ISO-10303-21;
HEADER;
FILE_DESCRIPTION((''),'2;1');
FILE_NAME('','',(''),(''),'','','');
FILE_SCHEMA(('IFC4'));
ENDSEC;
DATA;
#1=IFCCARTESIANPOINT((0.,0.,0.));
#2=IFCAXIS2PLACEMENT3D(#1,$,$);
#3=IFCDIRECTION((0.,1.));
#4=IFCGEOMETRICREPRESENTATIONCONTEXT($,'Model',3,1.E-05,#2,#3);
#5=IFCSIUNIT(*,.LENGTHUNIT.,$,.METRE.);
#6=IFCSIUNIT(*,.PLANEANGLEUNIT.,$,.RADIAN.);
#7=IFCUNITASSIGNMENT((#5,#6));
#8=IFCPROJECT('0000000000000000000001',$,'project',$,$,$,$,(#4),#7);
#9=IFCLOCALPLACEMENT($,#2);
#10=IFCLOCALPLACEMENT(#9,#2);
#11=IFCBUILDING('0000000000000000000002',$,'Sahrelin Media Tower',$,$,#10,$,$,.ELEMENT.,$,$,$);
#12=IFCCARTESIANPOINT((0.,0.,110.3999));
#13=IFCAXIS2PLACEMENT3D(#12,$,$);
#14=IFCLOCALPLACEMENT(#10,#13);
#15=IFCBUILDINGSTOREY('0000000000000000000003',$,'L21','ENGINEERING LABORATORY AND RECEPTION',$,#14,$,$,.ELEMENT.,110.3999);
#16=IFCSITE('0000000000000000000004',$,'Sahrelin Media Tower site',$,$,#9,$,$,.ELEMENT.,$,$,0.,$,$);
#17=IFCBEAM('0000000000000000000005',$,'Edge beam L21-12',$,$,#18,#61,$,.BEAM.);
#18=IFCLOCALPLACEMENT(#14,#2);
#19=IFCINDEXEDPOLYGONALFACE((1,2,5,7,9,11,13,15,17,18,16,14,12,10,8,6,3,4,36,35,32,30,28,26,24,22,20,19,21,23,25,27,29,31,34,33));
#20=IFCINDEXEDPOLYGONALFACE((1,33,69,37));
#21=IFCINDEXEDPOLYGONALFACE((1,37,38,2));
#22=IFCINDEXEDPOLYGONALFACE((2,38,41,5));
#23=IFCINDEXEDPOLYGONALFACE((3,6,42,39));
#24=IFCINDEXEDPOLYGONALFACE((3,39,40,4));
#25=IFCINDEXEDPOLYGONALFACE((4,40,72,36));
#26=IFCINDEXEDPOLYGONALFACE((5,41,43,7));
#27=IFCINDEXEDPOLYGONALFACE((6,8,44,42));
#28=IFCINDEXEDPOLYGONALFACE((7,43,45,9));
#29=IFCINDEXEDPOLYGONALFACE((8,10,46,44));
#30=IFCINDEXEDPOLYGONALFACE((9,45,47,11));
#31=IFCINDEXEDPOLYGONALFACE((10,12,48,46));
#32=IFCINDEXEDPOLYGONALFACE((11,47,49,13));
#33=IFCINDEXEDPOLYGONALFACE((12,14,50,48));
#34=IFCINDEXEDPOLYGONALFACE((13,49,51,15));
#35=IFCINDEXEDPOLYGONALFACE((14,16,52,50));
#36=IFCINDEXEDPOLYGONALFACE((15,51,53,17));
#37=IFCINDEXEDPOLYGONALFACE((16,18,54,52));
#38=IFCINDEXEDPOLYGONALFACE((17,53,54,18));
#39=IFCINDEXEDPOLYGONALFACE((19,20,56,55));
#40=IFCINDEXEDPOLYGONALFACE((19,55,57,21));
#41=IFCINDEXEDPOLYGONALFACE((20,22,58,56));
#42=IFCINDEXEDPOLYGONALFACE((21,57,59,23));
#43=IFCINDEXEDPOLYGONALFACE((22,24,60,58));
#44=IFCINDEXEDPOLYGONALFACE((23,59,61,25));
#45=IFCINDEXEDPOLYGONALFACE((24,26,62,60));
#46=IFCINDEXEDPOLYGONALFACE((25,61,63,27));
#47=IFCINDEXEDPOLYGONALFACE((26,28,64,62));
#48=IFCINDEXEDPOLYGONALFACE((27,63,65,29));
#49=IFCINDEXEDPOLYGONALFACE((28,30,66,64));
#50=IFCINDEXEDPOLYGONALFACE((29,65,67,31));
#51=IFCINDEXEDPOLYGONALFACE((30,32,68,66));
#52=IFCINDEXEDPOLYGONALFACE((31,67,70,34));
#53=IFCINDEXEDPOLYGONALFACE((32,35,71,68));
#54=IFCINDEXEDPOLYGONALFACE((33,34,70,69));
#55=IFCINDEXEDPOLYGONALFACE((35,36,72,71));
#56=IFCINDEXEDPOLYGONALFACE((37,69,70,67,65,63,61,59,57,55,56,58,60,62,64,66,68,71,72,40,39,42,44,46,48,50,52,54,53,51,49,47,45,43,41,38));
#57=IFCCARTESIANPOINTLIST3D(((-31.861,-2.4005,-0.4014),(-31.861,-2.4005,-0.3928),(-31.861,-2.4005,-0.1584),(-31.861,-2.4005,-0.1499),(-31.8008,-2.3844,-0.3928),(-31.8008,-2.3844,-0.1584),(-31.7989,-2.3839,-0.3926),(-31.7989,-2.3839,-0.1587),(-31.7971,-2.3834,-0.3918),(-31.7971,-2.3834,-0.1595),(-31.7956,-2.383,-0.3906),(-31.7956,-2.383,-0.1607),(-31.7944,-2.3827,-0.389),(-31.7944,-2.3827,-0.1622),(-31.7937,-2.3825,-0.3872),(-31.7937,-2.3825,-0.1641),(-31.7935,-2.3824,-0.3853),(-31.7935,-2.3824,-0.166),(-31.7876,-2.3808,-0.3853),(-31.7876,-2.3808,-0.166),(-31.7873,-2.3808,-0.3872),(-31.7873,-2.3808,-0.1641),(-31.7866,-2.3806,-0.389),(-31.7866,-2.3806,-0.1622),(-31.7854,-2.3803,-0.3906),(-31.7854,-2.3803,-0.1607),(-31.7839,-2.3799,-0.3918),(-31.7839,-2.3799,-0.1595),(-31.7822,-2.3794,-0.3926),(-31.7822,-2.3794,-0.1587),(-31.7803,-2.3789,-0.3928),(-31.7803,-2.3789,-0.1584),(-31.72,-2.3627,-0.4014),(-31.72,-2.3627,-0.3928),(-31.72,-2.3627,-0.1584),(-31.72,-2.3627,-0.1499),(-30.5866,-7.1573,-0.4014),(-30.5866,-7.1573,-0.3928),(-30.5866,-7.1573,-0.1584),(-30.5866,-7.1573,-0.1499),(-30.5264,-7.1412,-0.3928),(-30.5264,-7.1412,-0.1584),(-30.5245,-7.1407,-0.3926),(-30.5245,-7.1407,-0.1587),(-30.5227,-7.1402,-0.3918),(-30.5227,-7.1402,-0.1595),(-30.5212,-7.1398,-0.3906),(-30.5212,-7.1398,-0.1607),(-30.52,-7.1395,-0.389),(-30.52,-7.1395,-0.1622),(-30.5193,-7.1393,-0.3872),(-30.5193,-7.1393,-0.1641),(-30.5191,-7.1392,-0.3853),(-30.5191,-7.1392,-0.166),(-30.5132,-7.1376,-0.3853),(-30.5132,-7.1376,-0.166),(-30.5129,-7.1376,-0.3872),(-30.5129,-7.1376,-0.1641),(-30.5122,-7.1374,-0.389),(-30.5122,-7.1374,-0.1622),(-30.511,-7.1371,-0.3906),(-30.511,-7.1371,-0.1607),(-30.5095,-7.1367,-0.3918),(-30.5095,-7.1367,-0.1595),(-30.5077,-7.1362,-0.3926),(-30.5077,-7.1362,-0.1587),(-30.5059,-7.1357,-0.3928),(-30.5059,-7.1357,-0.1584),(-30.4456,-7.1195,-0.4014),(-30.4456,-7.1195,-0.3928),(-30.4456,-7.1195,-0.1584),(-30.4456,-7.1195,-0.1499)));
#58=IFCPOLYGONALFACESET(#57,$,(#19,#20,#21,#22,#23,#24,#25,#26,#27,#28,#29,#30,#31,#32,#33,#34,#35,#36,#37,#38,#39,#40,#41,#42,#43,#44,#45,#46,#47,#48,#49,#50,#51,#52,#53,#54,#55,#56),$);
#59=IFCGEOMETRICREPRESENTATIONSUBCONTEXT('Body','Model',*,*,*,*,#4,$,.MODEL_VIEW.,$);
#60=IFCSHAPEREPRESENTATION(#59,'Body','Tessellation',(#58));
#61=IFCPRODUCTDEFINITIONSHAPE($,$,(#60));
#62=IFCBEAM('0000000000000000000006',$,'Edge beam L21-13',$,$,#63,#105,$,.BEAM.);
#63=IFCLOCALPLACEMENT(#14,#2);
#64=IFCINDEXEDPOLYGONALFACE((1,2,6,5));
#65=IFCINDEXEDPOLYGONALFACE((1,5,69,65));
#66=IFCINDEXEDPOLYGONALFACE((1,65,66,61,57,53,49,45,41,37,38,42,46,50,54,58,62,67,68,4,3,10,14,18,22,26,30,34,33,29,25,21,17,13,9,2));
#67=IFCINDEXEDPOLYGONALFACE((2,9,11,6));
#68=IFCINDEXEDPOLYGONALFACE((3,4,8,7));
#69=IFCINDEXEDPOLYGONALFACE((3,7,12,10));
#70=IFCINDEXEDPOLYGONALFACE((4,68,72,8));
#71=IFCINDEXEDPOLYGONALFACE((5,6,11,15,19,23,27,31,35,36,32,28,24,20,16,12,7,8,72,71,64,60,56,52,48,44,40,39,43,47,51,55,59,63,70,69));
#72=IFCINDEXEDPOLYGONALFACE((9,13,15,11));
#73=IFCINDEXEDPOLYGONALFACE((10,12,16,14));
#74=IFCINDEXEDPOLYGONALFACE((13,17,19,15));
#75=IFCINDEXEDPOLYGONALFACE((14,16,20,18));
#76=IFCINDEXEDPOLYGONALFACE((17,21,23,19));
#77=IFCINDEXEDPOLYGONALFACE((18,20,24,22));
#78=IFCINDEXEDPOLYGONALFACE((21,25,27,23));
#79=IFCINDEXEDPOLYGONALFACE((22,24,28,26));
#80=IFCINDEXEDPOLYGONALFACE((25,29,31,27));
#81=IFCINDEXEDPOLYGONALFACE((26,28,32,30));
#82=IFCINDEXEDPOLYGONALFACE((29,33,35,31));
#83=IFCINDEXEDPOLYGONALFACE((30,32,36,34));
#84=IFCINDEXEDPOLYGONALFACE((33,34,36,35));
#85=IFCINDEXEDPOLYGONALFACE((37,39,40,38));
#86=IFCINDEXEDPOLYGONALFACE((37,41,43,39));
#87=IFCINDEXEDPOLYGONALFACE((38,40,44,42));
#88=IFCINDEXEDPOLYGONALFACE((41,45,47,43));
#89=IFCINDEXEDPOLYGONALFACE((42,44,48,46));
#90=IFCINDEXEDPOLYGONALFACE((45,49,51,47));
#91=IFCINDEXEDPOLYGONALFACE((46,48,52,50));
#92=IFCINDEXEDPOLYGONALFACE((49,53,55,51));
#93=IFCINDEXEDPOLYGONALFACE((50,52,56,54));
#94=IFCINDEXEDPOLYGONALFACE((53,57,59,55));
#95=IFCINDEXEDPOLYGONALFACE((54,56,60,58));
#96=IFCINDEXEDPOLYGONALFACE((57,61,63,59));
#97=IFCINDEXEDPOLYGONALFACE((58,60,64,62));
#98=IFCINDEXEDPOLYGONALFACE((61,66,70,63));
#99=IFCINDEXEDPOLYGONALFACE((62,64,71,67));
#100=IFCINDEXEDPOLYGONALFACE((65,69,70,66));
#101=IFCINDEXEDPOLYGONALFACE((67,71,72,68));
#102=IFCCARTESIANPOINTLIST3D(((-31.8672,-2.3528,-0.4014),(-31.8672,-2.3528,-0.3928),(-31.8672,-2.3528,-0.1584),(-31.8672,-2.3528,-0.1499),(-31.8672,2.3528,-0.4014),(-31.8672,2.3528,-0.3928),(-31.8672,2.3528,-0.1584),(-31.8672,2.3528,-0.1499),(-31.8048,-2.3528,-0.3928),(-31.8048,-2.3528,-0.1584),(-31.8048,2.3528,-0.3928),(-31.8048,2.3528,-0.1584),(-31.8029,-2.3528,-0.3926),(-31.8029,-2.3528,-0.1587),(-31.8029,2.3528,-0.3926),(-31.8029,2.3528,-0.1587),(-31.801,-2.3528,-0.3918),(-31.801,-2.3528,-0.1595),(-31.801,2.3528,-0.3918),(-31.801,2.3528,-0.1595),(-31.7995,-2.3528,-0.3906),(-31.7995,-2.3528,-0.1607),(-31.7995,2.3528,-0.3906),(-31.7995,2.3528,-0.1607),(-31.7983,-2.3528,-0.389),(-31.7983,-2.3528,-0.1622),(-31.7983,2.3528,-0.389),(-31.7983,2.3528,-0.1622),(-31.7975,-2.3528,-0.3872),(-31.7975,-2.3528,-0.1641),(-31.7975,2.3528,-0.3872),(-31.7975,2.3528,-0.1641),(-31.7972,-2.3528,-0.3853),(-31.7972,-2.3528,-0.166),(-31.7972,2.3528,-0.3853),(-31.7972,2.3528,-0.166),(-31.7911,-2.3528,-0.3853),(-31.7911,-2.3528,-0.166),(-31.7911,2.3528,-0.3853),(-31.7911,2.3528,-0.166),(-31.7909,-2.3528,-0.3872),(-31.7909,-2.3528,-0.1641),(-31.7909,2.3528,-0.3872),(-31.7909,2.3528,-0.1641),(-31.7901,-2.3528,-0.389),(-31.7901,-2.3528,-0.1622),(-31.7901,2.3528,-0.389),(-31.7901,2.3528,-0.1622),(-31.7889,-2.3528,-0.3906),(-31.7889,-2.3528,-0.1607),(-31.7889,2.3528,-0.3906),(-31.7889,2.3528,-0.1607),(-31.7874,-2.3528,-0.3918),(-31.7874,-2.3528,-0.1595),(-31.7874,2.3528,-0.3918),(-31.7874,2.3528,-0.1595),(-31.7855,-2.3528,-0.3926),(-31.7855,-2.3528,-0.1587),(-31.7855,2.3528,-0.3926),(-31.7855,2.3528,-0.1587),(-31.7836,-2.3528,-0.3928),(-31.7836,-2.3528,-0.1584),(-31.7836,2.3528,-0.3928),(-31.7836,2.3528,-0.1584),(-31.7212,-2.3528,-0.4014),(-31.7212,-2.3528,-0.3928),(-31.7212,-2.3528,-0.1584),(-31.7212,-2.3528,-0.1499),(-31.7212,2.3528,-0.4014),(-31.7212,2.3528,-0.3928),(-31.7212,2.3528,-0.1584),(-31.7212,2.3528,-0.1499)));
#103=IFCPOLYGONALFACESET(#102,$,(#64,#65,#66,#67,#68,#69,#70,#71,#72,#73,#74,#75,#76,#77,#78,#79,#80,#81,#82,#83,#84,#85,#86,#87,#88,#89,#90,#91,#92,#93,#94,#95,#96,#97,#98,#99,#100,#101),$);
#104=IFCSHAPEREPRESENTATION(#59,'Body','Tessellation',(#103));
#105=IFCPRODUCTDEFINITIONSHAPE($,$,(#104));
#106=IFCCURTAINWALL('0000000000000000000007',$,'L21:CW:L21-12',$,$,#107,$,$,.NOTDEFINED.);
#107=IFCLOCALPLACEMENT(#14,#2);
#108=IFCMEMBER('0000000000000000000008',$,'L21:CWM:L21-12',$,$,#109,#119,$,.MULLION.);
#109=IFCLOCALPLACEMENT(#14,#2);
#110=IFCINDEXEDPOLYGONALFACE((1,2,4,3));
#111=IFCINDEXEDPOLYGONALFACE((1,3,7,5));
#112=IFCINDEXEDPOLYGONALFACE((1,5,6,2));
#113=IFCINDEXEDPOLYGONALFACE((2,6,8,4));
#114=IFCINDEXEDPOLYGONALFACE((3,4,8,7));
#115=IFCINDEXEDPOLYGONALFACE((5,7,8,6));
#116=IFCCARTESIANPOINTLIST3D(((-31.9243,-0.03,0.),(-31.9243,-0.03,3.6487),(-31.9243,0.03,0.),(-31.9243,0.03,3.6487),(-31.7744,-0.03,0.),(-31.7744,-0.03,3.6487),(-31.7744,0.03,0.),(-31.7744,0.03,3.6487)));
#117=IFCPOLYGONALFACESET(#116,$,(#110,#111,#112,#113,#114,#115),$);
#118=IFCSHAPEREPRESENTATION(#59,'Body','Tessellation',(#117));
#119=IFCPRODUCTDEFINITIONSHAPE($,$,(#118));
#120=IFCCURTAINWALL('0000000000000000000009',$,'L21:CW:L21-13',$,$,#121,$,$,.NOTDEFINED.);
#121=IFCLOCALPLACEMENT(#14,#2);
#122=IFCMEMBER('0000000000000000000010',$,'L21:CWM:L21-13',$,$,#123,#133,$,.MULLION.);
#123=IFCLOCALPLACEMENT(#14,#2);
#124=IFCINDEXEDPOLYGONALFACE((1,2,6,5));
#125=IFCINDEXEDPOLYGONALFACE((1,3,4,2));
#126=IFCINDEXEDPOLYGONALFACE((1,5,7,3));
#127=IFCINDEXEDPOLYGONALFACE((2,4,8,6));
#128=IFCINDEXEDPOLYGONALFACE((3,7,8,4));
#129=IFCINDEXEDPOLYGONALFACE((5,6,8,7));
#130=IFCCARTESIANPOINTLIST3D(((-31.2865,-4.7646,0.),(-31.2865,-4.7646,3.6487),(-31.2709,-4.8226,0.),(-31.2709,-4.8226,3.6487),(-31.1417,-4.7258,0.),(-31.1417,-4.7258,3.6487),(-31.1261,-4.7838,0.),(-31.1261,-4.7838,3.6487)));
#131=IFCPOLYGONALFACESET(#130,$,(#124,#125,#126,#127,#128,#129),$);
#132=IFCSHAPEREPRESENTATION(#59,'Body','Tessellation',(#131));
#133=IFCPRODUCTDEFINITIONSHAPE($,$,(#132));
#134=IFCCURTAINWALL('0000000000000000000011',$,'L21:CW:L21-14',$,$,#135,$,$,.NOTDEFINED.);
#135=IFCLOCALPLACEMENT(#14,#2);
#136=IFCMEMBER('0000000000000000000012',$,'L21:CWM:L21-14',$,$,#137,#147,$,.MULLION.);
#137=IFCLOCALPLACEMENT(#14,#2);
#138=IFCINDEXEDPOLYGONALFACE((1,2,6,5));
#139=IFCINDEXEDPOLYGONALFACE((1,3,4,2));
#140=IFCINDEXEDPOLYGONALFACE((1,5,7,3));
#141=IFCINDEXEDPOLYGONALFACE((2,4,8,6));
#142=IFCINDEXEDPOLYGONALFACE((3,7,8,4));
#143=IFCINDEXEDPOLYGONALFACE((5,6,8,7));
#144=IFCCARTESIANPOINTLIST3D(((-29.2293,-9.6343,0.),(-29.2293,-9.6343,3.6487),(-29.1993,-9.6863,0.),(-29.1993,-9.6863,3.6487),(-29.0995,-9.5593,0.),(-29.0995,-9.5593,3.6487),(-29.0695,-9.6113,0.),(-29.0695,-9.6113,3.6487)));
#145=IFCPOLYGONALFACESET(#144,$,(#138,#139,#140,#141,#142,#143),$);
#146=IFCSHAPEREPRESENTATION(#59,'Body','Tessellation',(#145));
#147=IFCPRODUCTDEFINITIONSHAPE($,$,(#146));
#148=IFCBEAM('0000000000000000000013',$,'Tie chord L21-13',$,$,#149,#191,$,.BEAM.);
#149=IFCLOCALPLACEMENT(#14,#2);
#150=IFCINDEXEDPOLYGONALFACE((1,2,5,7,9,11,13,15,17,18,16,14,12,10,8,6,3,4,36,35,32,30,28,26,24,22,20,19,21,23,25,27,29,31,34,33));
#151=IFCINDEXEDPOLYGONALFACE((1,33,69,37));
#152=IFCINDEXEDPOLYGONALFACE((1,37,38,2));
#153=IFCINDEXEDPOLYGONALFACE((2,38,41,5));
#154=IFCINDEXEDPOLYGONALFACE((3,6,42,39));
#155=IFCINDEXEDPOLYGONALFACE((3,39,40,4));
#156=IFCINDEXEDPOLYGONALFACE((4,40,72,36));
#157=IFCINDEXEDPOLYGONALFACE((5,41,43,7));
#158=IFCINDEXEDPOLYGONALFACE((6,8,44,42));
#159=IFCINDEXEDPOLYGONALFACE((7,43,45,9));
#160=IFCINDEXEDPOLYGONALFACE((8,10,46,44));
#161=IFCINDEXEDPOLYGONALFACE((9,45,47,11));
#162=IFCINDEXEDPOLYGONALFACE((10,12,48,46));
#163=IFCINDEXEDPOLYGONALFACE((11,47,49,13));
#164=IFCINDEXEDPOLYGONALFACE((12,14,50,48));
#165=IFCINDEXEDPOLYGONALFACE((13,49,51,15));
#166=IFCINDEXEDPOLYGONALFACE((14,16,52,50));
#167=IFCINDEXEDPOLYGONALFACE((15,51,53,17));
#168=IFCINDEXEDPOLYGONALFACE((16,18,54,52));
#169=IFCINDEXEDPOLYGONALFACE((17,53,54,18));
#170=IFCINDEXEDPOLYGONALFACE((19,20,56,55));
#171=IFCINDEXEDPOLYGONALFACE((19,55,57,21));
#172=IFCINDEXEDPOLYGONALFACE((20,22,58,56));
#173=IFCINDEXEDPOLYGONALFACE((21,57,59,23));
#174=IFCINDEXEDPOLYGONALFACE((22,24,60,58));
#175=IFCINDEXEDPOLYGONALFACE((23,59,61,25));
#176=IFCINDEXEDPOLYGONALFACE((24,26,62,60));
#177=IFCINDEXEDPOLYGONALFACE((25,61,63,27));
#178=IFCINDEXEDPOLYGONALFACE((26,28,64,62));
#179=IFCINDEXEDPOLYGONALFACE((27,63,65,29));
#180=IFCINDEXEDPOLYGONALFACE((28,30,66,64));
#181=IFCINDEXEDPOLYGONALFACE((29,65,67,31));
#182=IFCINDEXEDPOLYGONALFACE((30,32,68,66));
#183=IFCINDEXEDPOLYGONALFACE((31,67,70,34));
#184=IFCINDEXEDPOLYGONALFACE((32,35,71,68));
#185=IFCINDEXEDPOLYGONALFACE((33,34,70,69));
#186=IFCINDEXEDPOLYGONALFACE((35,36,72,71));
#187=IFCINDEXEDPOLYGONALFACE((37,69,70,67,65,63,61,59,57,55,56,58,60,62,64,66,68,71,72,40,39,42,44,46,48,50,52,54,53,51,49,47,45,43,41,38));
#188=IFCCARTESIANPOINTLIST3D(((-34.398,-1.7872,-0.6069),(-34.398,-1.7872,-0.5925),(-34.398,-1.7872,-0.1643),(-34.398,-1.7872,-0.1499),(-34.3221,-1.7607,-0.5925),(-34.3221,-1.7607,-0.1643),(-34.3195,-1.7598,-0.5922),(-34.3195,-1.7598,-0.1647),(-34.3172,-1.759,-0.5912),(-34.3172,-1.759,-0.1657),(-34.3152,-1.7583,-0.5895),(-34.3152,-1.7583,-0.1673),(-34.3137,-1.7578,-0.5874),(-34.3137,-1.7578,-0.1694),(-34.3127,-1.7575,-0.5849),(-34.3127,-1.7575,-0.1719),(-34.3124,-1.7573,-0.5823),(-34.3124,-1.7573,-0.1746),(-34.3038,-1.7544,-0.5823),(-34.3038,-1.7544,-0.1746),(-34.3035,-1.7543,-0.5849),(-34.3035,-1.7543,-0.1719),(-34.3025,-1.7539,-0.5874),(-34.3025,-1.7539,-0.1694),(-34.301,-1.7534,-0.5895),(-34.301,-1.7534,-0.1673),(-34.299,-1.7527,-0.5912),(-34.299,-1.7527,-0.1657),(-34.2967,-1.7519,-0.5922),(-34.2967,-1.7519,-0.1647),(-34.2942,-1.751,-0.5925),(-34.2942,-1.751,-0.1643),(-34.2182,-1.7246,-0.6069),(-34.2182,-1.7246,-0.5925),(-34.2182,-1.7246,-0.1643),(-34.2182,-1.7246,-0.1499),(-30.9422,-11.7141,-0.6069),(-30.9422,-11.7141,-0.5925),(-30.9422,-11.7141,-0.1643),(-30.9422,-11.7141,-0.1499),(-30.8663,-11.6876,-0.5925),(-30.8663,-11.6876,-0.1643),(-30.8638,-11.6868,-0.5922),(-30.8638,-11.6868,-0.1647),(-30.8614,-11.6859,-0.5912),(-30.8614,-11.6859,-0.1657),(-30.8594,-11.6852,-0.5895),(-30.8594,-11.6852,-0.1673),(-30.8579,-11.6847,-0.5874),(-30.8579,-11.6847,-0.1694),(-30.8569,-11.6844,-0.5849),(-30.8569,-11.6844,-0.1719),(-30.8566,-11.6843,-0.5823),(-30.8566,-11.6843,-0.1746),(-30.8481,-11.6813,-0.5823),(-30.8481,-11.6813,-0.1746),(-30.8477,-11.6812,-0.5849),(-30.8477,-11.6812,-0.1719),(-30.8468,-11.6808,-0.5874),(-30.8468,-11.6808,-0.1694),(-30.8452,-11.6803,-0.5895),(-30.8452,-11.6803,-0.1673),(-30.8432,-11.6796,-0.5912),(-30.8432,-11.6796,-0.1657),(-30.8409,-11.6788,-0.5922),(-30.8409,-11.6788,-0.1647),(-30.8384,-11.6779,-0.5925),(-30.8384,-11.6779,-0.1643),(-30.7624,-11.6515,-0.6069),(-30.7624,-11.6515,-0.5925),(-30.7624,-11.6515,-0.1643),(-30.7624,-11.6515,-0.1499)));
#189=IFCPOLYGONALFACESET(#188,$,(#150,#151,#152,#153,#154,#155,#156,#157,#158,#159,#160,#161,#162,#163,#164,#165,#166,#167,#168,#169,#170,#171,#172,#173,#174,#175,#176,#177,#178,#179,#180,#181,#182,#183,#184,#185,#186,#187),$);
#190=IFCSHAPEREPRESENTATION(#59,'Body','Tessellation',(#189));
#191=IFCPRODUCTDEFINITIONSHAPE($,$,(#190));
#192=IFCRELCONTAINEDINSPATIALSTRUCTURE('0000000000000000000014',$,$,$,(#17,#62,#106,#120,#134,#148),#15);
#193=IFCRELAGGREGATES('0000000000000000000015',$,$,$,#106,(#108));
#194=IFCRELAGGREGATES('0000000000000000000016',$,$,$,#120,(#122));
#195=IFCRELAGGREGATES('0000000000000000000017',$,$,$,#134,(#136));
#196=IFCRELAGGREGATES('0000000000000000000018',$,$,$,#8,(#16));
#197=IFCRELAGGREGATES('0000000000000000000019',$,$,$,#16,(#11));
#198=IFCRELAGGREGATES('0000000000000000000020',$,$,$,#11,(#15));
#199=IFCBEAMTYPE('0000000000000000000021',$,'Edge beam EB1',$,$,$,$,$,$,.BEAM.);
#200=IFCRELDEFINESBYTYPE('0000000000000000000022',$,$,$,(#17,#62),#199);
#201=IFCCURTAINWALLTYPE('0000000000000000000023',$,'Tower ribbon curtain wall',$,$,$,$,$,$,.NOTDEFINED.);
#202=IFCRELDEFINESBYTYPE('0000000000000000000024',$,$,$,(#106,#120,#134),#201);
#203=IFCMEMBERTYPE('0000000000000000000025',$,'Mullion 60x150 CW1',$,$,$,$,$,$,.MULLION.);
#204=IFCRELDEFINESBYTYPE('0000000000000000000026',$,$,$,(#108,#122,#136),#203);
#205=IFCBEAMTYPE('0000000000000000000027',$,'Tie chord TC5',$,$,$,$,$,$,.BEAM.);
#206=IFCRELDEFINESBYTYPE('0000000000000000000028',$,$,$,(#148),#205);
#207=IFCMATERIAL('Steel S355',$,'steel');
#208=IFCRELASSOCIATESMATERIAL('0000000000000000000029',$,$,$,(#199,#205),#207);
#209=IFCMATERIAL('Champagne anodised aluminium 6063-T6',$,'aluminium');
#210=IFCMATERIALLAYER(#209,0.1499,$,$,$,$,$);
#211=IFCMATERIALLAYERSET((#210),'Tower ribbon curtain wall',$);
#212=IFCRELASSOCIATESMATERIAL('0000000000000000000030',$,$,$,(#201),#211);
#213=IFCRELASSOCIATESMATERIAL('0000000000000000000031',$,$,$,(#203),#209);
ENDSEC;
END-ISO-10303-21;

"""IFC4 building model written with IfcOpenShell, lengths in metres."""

from ifc_helpers import new_model, si_unit, direction, frame, origin, origin_2d, place, context, subcontext, project, spatial, rectangle, i_section, extrude, material, layer, layer_set, material_profile, profile_set, type_object, element, aggregate, save


model = new_model("IFC4")

# Units and contexts
model_context = context("Model", 3, precision=1e-05, world=origin(), true_north=direction((0.0, 1.0)))
body_context = subcontext(model_context, "Body", "Model", "MODEL_VIEW")
ifc_project = project(units=[si_unit("LENGTHUNIT", "METRE"), si_unit("PLANEANGLEUNIT", "RADIAN")], contexts=[model_context])

# Site, building, storey
site_placement = place(None, origin())
site = spatial("IfcSite", under=ifc_project, at=site_placement, Name="Sahrelin Media Tower site", CompositionType="ELEMENT", RefElevation=0.0)
building_placement = place(site_placement, origin())
building = spatial("IfcBuilding", under=site, at=building_placement, Name="Sahrelin Media Tower", CompositionType="ELEMENT")
storey_placement = place(building_placement, frame((0.0, 0.0, 110.3999)))
storey = spatial("IfcBuildingStorey", under=building, at=storey_placement, Name="L21", Description="ENGINEERING LABORATORY AND RECEPTION", CompositionType="ELEMENT", Elevation=110.3999)

# Beams
ifc_material_1 = material(Name="Steel S355", Category="steel")
ifc_material_profile_1 = material_profile(ifc_material_1, i_section(OverallWidth=0.146, OverallDepth=0.2515, WebThickness=0.0061, FlangeThickness=0.0085, FilletRadius=0.0076, at=origin_2d()), Name="UB 254x146x31")
ifc_profile_set_1 = profile_set([ifc_material_profile_1], Name="Steel S355")
beam_type_1 = type_object("IfcBeamType", Name="Edge beam EB1", PredefinedType="BEAM", material=ifc_profile_set_1)
beam_1_placement = place(storey_placement, frame((-30.5161, -7.1384, -0.2756), z_axis=(-0.258786, 0.965935, 0.0), x_axis=(-0.965935, -0.258786, 0.0)))
element("IfcBeam", 1, at=beam_1_placement, inside=storey, type_object=beam_type_1, Name="Edge beam L21-12", PredefinedType="BEAM", context=body_context, shape_type="SweptSolid", body=[
    extrude(i_section(OverallWidth=0.146, OverallDepth=0.2515, WebThickness=0.0061, FlangeThickness=0.0085, FilletRadius=0.0076, at=origin_2d()), origin(), (0.0, 0.0, 1.0), 4.9246),
])
beam_2_placement = place(storey_placement, frame((-31.7942, -2.3528, -0.2756), z_axis=(0.0, 1.0, 0.0), x_axis=(-1.0, 0.0, 0.0)))
element("IfcBeam", 2, at=beam_2_placement, inside=storey, type_object=beam_type_1, Name="Edge beam L21-13", PredefinedType="BEAM", context=body_context, shape_type="SweptSolid", body=[
    extrude(i_section(OverallWidth=0.146, OverallDepth=0.2515, WebThickness=0.0061, FlangeThickness=0.0085, FilletRadius=0.0076, at=origin_2d()), origin(), (0.0, 0.0, 1.0), 4.7056),
])

# Curtain walls, members
ifc_material_2 = material(Name="Champagne anodised aluminium 6063-T6", Category="aluminium")
ifc_layer_1 = layer(ifc_material_2, 0.1499)
ifc_layer_set_1 = layer_set([ifc_layer_1], Name="Tower ribbon curtain wall")
curtain_wall_type = type_object("IfcCurtainWallType", Name="Tower ribbon curtain wall", PredefinedType="NOTDEFINED", material=ifc_layer_set_1)
curtain_wall_1_placement = place(storey_placement, frame((-31.9443, 0.0, 0.0), z_axis=(0.0, 0.0, 1.0), x_axis=(1.0, 0.0, 0.0)))
curtain_wall_1 = element("IfcCurtainWall", 3, at=curtain_wall_1_placement, inside=storey, type_object=curtain_wall_type, Name="L21:CW:L21-12", PredefinedType="NOTDEFINED")
ifc_material_profile_2 = material_profile(ifc_material_2, rectangle(XDim=0.0601, YDim=0.1499, at=origin_2d()), Name="Mullion 60x150")
ifc_profile_set_2 = profile_set([ifc_material_profile_2], Name="Champagne anodised aluminium 6063-T6")
member_type_1 = type_object("IfcMemberType", Name="Mullion 60x150 CW1", PredefinedType="MULLION", material=ifc_profile_set_2)
member_1_placement = place(storey_placement, frame((-31.8494, 0.0, 0.0), z_axis=(0.0, 0.0, 1.0), x_axis=(0.0, -1.0, 0.0)))
member_1 = element("IfcMember", 4, at=member_1_placement, type_object=member_type_1, Name="L21:CWM:L21-12", PredefinedType="MULLION", context=body_context, shape_type="SweptSolid", body=[
    extrude(rectangle(XDim=0.0601, YDim=0.1499, at=origin_2d()), origin(), (0.0, 0.0, 1.0), 3.6487),
])
aggregate(curtain_wall_1, [member_1])
curtain_wall_2_placement = place(storey_placement, frame((-31.2981, -4.7988, 0.0), z_axis=(0.0, 0.0, 1.0), x_axis=(1.0, 0.0, 0.0)))
curtain_wall_2 = element("IfcCurtainWall", 5, at=curtain_wall_2_placement, inside=storey, type_object=curtain_wall_type, Name="L21:CW:L21-13", PredefinedType="NOTDEFINED")
member_2_placement = place(storey_placement, frame((-31.2063, -4.7742, 0.0), z_axis=(0.0, 0.0, 1.0), x_axis=(0.258811, -0.965928, 0.0)))
member_2 = element("IfcMember", 6, at=member_2_placement, type_object=member_type_1, Name="L21:CWM:L21-13", PredefinedType="MULLION", context=body_context, shape_type="SweptSolid", body=[
    extrude(rectangle(XDim=0.0601, YDim=0.1499, at=origin_2d()), origin(), (0.0, 0.0, 1.0), 3.6487),
])
curtain_wall_3_placement = place(storey_placement, frame((-29.2317, -9.6704, 0.0), z_axis=(0.0, 0.0, 1.0), x_axis=(1.0, 0.0, 0.0)))
curtain_wall_3 = element("IfcCurtainWall", 7, at=curtain_wall_3_placement, inside=storey, type_object=curtain_wall_type, Name="L21:CW:L21-14", PredefinedType="NOTDEFINED")
member_3_placement = place(storey_placement, frame((-29.1494, -9.6228, 0.0), z_axis=(0.0, 0.0, 1.0), x_axis=(0.500005, -0.866023, 0.0)))
member_3 = element("IfcMember", 8, at=member_3_placement, type_object=member_type_1, Name="L21:CWM:L21-14", PredefinedType="MULLION", context=body_context, shape_type="SweptSolid", body=[
    extrude(rectangle(XDim=0.0601, YDim=0.1499, at=origin_2d()), origin(), (0.0, 0.0, 1.0), 3.6487),
])

# Beam
ifc_material_profile_3 = material_profile(ifc_material_1, i_section(OverallWidth=0.1904, OverallDepth=0.457, WebThickness=0.009, FlangeThickness=0.0144, FilletRadius=0.0103, at=origin_2d()), Name="UB 457x191x74")
ifc_profile_set_3 = profile_set([ifc_material_profile_3], Name="Steel S355")
beam_type_2 = type_object("IfcBeamType", Name="Tie chord TC5", PredefinedType="BEAM", material=ifc_profile_set_3)
beam_3_placement = place(storey_placement, frame((-34.3081, -1.7559, -0.3784), z_axis=(0.32877, -0.94441, 0.0), x_axis=(0.94441, 0.32877, 0.0)))
element("IfcBeam", 9, at=beam_3_placement, inside=storey, type_object=beam_type_2, Name="Tie chord L21-13", PredefinedType="BEAM", context=body_context, shape_type="SweptSolid", body=[
    extrude(i_section(OverallWidth=0.1904, OverallDepth=0.457, WebThickness=0.009, FlangeThickness=0.0144, FilletRadius=0.0103, at=origin_2d()), origin(), (0.0, 0.0, 1.0), 10.5112),
])

aggregate(curtain_wall_2, [member_2])
aggregate(curtain_wall_3, [member_3])

save(model, "model.ifc")
